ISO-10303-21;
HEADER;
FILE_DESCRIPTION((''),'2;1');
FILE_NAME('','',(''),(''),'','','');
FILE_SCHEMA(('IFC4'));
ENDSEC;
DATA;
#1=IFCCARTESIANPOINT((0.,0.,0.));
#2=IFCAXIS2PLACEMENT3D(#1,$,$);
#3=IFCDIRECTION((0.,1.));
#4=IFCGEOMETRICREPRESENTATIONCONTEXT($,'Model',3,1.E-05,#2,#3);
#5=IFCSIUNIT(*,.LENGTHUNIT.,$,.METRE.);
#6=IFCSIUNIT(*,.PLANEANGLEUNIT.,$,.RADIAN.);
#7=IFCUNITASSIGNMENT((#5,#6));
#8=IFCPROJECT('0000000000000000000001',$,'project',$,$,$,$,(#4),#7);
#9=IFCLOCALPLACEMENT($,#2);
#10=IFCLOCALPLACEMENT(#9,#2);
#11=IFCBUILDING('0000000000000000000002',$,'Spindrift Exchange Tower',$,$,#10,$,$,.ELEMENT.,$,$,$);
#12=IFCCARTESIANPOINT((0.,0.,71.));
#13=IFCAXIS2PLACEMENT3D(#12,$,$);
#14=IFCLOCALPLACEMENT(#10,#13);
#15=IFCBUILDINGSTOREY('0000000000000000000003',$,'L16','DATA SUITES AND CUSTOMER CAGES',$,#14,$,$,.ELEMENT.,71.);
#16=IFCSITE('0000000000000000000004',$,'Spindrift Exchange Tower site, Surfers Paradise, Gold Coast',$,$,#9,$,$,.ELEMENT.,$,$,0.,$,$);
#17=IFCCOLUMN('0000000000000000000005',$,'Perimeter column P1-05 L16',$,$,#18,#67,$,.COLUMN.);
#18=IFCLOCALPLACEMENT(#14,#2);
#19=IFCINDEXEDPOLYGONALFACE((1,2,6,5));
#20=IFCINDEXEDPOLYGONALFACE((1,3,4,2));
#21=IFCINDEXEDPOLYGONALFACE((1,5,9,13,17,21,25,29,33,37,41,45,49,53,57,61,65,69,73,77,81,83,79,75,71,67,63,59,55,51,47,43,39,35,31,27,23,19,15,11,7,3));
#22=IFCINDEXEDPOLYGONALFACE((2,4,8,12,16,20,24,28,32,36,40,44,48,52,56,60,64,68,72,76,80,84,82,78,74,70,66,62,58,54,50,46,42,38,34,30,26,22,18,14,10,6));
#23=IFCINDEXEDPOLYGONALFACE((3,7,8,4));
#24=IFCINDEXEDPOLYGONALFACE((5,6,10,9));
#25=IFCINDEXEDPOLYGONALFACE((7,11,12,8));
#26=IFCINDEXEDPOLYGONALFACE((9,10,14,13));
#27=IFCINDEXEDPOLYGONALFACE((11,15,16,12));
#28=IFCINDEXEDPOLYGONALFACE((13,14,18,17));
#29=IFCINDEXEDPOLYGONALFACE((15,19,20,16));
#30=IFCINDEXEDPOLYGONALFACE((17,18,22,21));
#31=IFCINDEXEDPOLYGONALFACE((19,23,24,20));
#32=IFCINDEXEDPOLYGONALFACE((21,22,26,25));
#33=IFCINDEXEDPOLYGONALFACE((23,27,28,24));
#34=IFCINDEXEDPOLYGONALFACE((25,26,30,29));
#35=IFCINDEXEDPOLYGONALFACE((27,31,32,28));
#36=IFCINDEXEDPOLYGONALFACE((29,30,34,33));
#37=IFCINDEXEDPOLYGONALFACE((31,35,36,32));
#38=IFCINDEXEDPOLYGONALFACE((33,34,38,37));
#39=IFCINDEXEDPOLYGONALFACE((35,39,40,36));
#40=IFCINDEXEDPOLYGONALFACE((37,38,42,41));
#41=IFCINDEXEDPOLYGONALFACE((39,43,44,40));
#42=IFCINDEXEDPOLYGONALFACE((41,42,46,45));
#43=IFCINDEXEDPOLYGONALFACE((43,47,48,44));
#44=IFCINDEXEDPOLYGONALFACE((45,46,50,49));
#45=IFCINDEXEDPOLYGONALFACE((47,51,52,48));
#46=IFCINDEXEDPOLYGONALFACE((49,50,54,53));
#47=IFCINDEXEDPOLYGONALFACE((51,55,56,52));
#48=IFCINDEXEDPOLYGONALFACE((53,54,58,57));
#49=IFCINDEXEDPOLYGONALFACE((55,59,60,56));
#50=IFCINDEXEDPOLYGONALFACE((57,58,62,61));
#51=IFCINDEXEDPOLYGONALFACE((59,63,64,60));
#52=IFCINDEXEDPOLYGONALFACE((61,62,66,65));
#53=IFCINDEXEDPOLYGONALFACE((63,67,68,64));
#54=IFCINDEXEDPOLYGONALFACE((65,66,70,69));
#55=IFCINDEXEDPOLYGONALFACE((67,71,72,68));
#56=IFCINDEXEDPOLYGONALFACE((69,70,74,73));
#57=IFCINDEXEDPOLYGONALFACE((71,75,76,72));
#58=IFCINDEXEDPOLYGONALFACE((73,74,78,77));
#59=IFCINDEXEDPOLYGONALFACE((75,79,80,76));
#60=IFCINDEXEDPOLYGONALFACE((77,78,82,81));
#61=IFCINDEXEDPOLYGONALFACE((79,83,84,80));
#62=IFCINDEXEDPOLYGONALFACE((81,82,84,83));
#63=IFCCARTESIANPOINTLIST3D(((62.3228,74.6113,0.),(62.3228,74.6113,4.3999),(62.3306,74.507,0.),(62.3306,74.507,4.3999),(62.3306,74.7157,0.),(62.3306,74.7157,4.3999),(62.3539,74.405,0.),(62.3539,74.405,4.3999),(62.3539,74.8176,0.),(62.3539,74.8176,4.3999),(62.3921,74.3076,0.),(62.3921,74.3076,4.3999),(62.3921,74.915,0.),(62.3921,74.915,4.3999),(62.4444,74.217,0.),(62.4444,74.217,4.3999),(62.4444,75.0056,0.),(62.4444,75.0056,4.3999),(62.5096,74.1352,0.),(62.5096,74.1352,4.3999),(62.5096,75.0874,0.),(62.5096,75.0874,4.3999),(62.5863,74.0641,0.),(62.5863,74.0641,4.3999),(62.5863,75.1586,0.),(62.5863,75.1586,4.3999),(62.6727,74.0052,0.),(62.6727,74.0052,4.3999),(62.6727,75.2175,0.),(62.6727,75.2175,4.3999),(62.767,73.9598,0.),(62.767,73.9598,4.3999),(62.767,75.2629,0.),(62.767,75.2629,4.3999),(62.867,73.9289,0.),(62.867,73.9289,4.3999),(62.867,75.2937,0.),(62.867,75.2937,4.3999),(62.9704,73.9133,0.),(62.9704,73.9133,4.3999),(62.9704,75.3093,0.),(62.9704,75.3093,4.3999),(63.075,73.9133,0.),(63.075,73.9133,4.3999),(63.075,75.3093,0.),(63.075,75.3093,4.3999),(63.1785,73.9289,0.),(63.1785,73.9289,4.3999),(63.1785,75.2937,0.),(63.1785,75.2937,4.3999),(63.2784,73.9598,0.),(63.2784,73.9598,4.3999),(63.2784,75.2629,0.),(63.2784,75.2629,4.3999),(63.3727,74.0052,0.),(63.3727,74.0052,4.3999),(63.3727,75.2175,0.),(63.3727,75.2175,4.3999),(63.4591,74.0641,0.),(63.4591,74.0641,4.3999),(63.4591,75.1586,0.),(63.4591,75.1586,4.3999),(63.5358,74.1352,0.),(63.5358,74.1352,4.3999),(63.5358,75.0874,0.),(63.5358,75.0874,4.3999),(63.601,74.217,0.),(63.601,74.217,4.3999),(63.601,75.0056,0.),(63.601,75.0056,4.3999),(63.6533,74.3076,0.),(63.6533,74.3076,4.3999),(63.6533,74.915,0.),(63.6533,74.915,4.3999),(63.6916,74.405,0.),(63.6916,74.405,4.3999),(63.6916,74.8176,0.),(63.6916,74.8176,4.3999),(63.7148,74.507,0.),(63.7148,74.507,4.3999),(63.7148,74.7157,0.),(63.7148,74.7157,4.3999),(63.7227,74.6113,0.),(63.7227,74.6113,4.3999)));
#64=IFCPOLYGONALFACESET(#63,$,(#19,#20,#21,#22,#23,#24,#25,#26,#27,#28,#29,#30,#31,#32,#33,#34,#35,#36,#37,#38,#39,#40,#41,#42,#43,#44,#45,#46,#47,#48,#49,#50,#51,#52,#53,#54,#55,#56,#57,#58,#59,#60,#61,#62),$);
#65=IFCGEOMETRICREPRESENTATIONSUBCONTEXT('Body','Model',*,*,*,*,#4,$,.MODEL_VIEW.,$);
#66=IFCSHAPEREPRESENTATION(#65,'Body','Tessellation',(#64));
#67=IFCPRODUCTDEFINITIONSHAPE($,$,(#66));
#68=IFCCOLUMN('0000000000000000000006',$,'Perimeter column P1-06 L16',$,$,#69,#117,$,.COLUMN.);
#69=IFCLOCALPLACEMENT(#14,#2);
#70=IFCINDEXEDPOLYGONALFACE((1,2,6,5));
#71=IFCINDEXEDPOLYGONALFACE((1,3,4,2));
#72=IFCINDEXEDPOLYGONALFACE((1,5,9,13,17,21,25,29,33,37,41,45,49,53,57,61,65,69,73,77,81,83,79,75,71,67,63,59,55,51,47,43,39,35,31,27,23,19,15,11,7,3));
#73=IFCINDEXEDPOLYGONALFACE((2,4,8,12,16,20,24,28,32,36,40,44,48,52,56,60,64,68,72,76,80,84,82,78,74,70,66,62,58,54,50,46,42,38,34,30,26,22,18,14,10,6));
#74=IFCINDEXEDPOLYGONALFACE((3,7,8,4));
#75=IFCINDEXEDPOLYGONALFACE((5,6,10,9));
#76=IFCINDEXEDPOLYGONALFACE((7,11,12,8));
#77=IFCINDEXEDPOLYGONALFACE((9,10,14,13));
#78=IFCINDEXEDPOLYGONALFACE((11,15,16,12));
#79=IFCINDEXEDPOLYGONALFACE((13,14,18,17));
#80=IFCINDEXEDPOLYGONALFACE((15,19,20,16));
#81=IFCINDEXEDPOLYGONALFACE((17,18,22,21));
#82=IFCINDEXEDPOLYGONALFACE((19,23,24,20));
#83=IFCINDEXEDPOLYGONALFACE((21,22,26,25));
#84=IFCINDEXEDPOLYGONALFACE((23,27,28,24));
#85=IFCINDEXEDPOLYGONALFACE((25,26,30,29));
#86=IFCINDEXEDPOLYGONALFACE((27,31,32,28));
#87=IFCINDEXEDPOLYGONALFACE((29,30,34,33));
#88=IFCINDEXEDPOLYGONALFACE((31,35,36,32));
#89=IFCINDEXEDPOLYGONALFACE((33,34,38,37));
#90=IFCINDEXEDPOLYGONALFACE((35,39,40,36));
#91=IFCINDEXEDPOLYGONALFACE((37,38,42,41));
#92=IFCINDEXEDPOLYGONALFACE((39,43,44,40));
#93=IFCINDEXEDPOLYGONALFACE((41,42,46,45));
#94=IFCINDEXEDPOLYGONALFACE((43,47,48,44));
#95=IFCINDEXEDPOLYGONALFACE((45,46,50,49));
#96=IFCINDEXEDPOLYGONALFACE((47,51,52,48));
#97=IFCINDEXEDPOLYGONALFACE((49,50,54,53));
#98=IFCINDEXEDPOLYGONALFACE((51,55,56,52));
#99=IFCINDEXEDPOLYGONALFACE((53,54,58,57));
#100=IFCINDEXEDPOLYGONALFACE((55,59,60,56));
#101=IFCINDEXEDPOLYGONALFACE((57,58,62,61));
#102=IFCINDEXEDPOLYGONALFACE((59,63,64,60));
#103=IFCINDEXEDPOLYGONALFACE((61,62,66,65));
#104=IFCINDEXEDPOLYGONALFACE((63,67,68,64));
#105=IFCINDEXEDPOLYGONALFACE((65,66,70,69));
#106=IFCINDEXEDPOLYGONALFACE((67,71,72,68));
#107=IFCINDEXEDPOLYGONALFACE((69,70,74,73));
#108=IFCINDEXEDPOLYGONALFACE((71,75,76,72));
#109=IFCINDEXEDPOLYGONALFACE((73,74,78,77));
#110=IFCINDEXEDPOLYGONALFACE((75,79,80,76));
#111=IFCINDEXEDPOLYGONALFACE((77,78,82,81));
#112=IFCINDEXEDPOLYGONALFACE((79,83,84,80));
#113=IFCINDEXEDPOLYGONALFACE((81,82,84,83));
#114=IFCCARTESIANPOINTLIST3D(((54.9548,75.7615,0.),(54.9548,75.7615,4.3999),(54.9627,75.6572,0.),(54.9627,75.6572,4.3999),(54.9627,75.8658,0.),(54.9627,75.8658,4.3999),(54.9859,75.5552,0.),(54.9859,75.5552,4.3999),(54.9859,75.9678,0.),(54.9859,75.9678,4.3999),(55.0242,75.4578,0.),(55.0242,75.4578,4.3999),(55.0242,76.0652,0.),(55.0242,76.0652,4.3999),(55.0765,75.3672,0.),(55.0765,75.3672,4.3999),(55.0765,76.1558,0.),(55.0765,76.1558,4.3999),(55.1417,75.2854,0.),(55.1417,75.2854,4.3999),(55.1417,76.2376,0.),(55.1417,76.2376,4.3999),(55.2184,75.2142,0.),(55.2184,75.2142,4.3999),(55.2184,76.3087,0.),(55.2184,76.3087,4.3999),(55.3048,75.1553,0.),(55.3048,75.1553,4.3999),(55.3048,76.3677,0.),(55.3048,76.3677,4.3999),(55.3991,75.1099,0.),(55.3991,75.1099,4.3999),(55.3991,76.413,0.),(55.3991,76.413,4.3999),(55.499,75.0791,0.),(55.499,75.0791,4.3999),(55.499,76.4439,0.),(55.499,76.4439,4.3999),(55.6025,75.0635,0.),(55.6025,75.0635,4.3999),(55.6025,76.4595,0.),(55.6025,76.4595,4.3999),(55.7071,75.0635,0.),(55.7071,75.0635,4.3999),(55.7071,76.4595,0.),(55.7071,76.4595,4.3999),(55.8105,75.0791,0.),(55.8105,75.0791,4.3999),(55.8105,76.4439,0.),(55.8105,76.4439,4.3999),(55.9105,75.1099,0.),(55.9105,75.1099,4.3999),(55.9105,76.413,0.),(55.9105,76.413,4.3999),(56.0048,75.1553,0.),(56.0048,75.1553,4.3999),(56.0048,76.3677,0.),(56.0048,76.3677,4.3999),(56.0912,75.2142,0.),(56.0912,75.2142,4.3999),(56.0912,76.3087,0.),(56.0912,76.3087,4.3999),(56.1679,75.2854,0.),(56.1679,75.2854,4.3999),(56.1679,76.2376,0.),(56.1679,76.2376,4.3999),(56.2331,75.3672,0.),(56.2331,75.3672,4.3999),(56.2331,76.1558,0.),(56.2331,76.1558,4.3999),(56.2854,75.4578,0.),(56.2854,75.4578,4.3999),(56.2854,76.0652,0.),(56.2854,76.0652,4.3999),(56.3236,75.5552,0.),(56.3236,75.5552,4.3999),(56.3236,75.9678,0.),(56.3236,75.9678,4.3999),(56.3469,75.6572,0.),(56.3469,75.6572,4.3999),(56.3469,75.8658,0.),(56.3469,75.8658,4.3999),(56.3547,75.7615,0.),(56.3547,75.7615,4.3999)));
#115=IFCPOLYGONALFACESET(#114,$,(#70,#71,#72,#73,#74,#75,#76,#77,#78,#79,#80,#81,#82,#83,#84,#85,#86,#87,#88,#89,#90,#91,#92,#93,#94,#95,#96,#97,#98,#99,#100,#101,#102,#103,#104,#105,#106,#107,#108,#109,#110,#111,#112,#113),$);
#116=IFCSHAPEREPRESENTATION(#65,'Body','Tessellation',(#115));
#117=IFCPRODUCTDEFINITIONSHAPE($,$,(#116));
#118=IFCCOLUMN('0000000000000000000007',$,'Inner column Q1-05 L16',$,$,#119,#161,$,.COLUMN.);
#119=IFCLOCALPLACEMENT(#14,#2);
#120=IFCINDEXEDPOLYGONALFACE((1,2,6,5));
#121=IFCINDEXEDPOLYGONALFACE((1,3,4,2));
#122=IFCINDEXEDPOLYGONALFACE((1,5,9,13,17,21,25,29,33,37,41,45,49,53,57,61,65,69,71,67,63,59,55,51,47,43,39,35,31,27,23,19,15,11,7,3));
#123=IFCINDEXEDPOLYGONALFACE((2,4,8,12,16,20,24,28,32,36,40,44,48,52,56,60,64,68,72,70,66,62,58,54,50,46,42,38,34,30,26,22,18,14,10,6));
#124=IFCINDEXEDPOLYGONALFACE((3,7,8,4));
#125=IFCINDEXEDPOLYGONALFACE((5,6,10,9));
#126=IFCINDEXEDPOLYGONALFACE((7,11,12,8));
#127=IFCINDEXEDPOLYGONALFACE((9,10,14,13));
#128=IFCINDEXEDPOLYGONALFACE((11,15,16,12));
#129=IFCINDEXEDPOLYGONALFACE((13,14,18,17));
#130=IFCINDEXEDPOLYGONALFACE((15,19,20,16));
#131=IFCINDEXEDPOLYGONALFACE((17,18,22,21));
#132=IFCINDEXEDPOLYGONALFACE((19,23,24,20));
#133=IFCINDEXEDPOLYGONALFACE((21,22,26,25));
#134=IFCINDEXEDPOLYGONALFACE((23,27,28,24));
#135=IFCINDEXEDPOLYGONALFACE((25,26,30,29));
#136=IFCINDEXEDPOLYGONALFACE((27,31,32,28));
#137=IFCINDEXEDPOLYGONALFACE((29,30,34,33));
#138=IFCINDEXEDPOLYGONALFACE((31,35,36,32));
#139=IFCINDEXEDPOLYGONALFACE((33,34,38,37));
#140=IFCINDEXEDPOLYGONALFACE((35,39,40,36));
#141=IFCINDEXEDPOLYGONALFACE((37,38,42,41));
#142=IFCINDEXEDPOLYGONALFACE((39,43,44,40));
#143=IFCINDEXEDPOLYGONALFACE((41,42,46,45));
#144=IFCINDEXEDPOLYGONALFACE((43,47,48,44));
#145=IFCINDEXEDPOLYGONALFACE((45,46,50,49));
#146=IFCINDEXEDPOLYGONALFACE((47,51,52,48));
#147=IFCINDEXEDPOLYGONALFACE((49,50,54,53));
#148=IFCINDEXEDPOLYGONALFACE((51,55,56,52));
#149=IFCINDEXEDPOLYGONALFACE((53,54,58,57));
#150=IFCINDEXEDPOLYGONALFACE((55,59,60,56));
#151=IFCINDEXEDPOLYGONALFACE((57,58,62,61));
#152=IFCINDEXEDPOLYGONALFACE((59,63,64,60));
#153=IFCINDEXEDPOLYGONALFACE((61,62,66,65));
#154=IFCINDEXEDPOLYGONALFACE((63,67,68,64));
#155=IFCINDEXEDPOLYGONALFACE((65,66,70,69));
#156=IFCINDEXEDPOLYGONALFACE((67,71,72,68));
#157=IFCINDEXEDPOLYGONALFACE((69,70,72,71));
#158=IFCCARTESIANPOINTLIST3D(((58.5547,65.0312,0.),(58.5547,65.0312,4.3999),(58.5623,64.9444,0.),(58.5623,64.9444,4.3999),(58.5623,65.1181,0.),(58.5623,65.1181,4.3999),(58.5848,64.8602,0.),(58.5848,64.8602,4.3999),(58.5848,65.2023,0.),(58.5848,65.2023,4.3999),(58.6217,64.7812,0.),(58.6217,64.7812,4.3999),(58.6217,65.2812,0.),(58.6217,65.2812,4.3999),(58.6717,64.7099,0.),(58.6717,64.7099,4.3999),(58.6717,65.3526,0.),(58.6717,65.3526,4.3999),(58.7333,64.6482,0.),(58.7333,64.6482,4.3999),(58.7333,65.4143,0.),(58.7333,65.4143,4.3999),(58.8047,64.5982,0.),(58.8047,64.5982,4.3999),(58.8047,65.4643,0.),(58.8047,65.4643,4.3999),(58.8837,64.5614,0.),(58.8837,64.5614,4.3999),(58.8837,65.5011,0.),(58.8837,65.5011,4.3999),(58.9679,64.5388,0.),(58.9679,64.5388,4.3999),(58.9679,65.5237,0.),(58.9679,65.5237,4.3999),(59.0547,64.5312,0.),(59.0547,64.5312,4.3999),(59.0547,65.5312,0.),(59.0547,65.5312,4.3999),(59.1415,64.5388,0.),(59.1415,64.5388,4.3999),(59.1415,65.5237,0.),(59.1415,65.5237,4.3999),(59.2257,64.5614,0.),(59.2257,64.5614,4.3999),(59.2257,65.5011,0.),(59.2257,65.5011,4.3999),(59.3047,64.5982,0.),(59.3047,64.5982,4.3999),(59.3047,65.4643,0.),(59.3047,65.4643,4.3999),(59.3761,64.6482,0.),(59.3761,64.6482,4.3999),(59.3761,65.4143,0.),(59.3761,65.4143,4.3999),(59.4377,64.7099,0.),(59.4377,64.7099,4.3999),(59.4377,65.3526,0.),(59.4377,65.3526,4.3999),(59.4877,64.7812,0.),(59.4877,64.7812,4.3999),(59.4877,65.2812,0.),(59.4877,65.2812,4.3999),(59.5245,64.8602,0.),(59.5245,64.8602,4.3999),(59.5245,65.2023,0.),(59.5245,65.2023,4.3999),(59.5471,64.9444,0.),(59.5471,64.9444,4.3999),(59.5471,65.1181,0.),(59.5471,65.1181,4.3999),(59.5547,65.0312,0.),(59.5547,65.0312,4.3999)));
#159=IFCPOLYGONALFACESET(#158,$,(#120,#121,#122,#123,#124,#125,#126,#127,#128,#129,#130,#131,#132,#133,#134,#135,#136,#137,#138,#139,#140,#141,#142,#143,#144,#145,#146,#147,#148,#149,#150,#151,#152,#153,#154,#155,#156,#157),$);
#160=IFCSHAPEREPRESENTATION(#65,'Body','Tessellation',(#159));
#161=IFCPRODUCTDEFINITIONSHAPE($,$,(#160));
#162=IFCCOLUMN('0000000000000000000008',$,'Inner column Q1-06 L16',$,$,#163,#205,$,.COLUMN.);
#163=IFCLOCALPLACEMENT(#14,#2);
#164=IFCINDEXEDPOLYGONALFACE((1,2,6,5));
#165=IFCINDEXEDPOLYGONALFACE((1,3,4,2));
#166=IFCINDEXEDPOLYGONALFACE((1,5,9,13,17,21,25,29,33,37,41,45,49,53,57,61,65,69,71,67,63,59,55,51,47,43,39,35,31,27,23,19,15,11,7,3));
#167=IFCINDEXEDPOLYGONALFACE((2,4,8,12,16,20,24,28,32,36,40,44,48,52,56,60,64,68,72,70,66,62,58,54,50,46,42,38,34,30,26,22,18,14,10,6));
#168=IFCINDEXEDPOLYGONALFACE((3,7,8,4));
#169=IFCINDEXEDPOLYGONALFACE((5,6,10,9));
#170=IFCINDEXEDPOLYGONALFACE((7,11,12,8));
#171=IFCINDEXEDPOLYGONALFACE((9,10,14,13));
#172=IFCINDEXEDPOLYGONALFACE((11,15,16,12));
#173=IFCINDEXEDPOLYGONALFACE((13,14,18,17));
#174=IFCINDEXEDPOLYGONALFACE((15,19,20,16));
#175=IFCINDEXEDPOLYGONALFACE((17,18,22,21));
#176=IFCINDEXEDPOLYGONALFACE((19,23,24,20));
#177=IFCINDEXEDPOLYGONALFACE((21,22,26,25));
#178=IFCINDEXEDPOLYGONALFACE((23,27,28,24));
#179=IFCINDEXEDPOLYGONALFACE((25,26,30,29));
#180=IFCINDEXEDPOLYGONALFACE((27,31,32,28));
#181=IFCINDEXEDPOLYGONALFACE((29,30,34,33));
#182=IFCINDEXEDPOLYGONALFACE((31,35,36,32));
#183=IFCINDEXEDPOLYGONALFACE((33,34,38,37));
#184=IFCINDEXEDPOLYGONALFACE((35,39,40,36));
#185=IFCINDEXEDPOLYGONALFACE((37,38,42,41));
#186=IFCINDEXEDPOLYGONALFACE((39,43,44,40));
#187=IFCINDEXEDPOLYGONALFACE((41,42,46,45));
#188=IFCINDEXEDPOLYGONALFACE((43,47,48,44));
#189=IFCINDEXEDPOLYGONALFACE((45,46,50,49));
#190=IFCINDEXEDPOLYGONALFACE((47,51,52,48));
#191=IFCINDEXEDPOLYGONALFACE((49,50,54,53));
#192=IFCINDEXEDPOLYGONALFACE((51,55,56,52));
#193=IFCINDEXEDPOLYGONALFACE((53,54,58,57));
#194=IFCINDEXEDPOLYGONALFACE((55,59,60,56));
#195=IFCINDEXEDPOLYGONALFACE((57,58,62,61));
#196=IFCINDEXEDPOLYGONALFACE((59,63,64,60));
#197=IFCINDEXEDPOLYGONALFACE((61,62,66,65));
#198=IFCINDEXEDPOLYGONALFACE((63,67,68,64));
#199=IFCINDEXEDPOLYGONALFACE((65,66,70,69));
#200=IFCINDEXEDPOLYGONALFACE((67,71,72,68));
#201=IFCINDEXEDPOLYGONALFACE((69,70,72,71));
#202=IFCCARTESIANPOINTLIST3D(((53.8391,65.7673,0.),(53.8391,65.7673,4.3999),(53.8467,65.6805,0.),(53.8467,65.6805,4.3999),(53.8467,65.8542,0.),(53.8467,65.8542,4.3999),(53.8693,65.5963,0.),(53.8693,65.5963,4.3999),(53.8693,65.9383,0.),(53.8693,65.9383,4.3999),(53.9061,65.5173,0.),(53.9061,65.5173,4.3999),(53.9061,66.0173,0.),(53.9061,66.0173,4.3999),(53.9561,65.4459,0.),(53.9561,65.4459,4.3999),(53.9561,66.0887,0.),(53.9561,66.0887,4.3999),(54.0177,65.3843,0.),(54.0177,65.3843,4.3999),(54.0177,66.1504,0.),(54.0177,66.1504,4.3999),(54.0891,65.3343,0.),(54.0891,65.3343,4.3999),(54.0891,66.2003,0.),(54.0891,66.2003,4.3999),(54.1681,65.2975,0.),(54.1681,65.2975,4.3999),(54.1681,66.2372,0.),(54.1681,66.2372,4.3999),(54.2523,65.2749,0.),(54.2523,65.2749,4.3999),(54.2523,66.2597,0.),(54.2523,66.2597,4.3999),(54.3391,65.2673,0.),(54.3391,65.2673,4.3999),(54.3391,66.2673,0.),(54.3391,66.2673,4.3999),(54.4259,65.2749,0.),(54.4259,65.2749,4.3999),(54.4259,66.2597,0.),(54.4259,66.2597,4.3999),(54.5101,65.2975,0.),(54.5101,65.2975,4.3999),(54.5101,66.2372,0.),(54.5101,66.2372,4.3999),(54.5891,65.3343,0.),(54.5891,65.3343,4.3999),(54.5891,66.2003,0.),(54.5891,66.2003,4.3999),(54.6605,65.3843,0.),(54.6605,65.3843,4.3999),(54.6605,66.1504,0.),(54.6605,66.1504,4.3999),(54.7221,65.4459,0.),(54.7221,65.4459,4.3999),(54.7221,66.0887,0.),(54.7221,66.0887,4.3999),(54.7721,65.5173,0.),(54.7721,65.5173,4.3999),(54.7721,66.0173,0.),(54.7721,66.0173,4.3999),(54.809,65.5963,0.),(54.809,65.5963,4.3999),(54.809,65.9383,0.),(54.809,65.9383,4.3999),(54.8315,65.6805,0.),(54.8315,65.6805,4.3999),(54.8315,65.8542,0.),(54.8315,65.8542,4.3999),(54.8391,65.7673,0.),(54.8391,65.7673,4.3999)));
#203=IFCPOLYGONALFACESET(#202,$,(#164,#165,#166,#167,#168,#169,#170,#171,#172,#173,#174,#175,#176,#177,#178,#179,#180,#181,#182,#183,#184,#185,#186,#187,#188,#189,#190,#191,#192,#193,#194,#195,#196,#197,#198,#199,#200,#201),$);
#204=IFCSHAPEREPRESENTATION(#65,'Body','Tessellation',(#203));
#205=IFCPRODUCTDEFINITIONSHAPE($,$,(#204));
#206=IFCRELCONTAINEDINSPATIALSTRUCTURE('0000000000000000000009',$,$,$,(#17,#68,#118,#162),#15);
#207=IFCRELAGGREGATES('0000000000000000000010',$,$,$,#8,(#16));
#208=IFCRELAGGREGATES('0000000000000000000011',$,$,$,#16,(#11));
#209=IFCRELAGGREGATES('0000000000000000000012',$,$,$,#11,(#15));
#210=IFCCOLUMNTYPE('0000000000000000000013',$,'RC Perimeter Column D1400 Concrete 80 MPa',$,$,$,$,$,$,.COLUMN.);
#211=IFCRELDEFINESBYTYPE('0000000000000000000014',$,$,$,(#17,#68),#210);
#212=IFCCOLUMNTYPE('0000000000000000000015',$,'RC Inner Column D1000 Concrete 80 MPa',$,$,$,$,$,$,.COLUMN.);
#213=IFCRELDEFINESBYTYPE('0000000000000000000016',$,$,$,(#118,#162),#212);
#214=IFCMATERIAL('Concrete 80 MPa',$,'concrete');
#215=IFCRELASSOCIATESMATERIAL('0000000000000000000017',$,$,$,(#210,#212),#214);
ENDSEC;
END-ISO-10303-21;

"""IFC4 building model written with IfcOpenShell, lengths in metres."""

from ifc_helpers import new_model, si_unit, direction, frame, origin, origin_2d, place, context, subcontext, project, spatial, circle, extrude, source, transform, mapped, material, material_profile, profile_set, type_object, element, save


model = new_model("IFC4")

# Units and contexts
model_context = context("Model", 3, precision=1e-05, world=origin(), true_north=direction((0.0, 1.0)))
body_context = subcontext(model_context, "Body", "Model", "MODEL_VIEW")
ifc_project = project(units=[si_unit("LENGTHUNIT", "METRE"), si_unit("PLANEANGLEUNIT", "RADIAN")], contexts=[model_context])

# Site, building, storey
site_placement = place(None, origin())
site = spatial("IfcSite", under=ifc_project, at=site_placement, Name="Spindrift Exchange Tower site, Surfers Paradise, Gold Coast", CompositionType="ELEMENT", RefElevation=0.0)
building_placement = place(site_placement, origin())
building = spatial("IfcBuilding", under=site, at=building_placement, Name="Spindrift Exchange Tower", CompositionType="ELEMENT")
storey_placement = place(building_placement, frame((0.0, 0.0, 71.0)))
storey = spatial("IfcBuildingStorey", under=building, at=storey_placement, Name="L16", Description="DATA SUITES AND CUSTOMER CAGES", CompositionType="ELEMENT", Elevation=71.0)

# Columns
ifc_material_1 = material(Name="Concrete 80 MPa", Category="concrete")
ifc_material_profile_1 = material_profile(ifc_material_1, circle(Radius=0.7, at=origin_2d()), Name="RC D1400")
ifc_profile_set_1 = profile_set([ifc_material_profile_1], Name="Concrete 80 MPa")
column_type_1 = type_object("IfcColumnType", Name="RC Perimeter Column D1400 Concrete 80 MPa", PredefinedType="COLUMN", material=ifc_profile_set_1)
shared_shape_1 = source(origin(), body_context, "Body", "SweptSolid", [
    extrude(circle(Radius=0.7, at=origin_2d()), origin(), (0.0, 0.0, 1.0), 4.3999),
])
for number, where, z_axis, x_axis, name in (
    (1, (63.0227, 74.6113, 0.0), (0.0, 0.0, 1.0), (1.0, 0.0, 0.0), "Perimeter column P1-05 L16"),
    (2, (55.6548, 75.7615, 0.0), (0.0, 0.0, 1.0), (1.0, 0.0, 0.0), "Perimeter column P1-06 L16"),
):
    element("IfcColumn", number, at=place(storey_placement, frame(where, z_axis=z_axis, x_axis=x_axis)), inside=storey, type_object=column_type_1, Name=name, PredefinedType="COLUMN", context=body_context, shape_type="MappedRepresentation", body=[
        mapped(shared_shape_1, transform((0.0, 0.0, 0.0), scale=1.0)),
    ])
ifc_material_profile_2 = material_profile(ifc_material_1, circle(Radius=0.5, at=origin_2d()), Name="RC D1000")
ifc_profile_set_2 = profile_set([ifc_material_profile_2], Name="Concrete 80 MPa")
column_type_2 = type_object("IfcColumnType", Name="RC Inner Column D1000 Concrete 80 MPa", PredefinedType="COLUMN", material=ifc_profile_set_2)
shared_shape_2 = source(origin(), body_context, "Body", "SweptSolid", [
    extrude(circle(Radius=0.5, at=origin_2d()), origin(), (0.0, 0.0, 1.0), 4.3999),
])
for number, where, z_axis, x_axis, name in (
    (3, (59.0547, 65.0312, 0.0), (0.0, 0.0, 1.0), (1.0, 0.0, 0.0), "Inner column Q1-05 L16"),
    (4, (54.3391, 65.7673, 0.0), (0.0, 0.0, 1.0), (1.0, 0.0, 0.0), "Inner column Q1-06 L16"),
):
    element("IfcColumn", number, at=place(storey_placement, frame(where, z_axis=z_axis, x_axis=x_axis)), inside=storey, type_object=column_type_2, Name=name, PredefinedType="COLUMN", context=body_context, shape_type="MappedRepresentation", body=[
        mapped(shared_shape_2, transform((0.0, 0.0, 0.0), scale=1.0)),
    ])

save(model, "model.ifc")
